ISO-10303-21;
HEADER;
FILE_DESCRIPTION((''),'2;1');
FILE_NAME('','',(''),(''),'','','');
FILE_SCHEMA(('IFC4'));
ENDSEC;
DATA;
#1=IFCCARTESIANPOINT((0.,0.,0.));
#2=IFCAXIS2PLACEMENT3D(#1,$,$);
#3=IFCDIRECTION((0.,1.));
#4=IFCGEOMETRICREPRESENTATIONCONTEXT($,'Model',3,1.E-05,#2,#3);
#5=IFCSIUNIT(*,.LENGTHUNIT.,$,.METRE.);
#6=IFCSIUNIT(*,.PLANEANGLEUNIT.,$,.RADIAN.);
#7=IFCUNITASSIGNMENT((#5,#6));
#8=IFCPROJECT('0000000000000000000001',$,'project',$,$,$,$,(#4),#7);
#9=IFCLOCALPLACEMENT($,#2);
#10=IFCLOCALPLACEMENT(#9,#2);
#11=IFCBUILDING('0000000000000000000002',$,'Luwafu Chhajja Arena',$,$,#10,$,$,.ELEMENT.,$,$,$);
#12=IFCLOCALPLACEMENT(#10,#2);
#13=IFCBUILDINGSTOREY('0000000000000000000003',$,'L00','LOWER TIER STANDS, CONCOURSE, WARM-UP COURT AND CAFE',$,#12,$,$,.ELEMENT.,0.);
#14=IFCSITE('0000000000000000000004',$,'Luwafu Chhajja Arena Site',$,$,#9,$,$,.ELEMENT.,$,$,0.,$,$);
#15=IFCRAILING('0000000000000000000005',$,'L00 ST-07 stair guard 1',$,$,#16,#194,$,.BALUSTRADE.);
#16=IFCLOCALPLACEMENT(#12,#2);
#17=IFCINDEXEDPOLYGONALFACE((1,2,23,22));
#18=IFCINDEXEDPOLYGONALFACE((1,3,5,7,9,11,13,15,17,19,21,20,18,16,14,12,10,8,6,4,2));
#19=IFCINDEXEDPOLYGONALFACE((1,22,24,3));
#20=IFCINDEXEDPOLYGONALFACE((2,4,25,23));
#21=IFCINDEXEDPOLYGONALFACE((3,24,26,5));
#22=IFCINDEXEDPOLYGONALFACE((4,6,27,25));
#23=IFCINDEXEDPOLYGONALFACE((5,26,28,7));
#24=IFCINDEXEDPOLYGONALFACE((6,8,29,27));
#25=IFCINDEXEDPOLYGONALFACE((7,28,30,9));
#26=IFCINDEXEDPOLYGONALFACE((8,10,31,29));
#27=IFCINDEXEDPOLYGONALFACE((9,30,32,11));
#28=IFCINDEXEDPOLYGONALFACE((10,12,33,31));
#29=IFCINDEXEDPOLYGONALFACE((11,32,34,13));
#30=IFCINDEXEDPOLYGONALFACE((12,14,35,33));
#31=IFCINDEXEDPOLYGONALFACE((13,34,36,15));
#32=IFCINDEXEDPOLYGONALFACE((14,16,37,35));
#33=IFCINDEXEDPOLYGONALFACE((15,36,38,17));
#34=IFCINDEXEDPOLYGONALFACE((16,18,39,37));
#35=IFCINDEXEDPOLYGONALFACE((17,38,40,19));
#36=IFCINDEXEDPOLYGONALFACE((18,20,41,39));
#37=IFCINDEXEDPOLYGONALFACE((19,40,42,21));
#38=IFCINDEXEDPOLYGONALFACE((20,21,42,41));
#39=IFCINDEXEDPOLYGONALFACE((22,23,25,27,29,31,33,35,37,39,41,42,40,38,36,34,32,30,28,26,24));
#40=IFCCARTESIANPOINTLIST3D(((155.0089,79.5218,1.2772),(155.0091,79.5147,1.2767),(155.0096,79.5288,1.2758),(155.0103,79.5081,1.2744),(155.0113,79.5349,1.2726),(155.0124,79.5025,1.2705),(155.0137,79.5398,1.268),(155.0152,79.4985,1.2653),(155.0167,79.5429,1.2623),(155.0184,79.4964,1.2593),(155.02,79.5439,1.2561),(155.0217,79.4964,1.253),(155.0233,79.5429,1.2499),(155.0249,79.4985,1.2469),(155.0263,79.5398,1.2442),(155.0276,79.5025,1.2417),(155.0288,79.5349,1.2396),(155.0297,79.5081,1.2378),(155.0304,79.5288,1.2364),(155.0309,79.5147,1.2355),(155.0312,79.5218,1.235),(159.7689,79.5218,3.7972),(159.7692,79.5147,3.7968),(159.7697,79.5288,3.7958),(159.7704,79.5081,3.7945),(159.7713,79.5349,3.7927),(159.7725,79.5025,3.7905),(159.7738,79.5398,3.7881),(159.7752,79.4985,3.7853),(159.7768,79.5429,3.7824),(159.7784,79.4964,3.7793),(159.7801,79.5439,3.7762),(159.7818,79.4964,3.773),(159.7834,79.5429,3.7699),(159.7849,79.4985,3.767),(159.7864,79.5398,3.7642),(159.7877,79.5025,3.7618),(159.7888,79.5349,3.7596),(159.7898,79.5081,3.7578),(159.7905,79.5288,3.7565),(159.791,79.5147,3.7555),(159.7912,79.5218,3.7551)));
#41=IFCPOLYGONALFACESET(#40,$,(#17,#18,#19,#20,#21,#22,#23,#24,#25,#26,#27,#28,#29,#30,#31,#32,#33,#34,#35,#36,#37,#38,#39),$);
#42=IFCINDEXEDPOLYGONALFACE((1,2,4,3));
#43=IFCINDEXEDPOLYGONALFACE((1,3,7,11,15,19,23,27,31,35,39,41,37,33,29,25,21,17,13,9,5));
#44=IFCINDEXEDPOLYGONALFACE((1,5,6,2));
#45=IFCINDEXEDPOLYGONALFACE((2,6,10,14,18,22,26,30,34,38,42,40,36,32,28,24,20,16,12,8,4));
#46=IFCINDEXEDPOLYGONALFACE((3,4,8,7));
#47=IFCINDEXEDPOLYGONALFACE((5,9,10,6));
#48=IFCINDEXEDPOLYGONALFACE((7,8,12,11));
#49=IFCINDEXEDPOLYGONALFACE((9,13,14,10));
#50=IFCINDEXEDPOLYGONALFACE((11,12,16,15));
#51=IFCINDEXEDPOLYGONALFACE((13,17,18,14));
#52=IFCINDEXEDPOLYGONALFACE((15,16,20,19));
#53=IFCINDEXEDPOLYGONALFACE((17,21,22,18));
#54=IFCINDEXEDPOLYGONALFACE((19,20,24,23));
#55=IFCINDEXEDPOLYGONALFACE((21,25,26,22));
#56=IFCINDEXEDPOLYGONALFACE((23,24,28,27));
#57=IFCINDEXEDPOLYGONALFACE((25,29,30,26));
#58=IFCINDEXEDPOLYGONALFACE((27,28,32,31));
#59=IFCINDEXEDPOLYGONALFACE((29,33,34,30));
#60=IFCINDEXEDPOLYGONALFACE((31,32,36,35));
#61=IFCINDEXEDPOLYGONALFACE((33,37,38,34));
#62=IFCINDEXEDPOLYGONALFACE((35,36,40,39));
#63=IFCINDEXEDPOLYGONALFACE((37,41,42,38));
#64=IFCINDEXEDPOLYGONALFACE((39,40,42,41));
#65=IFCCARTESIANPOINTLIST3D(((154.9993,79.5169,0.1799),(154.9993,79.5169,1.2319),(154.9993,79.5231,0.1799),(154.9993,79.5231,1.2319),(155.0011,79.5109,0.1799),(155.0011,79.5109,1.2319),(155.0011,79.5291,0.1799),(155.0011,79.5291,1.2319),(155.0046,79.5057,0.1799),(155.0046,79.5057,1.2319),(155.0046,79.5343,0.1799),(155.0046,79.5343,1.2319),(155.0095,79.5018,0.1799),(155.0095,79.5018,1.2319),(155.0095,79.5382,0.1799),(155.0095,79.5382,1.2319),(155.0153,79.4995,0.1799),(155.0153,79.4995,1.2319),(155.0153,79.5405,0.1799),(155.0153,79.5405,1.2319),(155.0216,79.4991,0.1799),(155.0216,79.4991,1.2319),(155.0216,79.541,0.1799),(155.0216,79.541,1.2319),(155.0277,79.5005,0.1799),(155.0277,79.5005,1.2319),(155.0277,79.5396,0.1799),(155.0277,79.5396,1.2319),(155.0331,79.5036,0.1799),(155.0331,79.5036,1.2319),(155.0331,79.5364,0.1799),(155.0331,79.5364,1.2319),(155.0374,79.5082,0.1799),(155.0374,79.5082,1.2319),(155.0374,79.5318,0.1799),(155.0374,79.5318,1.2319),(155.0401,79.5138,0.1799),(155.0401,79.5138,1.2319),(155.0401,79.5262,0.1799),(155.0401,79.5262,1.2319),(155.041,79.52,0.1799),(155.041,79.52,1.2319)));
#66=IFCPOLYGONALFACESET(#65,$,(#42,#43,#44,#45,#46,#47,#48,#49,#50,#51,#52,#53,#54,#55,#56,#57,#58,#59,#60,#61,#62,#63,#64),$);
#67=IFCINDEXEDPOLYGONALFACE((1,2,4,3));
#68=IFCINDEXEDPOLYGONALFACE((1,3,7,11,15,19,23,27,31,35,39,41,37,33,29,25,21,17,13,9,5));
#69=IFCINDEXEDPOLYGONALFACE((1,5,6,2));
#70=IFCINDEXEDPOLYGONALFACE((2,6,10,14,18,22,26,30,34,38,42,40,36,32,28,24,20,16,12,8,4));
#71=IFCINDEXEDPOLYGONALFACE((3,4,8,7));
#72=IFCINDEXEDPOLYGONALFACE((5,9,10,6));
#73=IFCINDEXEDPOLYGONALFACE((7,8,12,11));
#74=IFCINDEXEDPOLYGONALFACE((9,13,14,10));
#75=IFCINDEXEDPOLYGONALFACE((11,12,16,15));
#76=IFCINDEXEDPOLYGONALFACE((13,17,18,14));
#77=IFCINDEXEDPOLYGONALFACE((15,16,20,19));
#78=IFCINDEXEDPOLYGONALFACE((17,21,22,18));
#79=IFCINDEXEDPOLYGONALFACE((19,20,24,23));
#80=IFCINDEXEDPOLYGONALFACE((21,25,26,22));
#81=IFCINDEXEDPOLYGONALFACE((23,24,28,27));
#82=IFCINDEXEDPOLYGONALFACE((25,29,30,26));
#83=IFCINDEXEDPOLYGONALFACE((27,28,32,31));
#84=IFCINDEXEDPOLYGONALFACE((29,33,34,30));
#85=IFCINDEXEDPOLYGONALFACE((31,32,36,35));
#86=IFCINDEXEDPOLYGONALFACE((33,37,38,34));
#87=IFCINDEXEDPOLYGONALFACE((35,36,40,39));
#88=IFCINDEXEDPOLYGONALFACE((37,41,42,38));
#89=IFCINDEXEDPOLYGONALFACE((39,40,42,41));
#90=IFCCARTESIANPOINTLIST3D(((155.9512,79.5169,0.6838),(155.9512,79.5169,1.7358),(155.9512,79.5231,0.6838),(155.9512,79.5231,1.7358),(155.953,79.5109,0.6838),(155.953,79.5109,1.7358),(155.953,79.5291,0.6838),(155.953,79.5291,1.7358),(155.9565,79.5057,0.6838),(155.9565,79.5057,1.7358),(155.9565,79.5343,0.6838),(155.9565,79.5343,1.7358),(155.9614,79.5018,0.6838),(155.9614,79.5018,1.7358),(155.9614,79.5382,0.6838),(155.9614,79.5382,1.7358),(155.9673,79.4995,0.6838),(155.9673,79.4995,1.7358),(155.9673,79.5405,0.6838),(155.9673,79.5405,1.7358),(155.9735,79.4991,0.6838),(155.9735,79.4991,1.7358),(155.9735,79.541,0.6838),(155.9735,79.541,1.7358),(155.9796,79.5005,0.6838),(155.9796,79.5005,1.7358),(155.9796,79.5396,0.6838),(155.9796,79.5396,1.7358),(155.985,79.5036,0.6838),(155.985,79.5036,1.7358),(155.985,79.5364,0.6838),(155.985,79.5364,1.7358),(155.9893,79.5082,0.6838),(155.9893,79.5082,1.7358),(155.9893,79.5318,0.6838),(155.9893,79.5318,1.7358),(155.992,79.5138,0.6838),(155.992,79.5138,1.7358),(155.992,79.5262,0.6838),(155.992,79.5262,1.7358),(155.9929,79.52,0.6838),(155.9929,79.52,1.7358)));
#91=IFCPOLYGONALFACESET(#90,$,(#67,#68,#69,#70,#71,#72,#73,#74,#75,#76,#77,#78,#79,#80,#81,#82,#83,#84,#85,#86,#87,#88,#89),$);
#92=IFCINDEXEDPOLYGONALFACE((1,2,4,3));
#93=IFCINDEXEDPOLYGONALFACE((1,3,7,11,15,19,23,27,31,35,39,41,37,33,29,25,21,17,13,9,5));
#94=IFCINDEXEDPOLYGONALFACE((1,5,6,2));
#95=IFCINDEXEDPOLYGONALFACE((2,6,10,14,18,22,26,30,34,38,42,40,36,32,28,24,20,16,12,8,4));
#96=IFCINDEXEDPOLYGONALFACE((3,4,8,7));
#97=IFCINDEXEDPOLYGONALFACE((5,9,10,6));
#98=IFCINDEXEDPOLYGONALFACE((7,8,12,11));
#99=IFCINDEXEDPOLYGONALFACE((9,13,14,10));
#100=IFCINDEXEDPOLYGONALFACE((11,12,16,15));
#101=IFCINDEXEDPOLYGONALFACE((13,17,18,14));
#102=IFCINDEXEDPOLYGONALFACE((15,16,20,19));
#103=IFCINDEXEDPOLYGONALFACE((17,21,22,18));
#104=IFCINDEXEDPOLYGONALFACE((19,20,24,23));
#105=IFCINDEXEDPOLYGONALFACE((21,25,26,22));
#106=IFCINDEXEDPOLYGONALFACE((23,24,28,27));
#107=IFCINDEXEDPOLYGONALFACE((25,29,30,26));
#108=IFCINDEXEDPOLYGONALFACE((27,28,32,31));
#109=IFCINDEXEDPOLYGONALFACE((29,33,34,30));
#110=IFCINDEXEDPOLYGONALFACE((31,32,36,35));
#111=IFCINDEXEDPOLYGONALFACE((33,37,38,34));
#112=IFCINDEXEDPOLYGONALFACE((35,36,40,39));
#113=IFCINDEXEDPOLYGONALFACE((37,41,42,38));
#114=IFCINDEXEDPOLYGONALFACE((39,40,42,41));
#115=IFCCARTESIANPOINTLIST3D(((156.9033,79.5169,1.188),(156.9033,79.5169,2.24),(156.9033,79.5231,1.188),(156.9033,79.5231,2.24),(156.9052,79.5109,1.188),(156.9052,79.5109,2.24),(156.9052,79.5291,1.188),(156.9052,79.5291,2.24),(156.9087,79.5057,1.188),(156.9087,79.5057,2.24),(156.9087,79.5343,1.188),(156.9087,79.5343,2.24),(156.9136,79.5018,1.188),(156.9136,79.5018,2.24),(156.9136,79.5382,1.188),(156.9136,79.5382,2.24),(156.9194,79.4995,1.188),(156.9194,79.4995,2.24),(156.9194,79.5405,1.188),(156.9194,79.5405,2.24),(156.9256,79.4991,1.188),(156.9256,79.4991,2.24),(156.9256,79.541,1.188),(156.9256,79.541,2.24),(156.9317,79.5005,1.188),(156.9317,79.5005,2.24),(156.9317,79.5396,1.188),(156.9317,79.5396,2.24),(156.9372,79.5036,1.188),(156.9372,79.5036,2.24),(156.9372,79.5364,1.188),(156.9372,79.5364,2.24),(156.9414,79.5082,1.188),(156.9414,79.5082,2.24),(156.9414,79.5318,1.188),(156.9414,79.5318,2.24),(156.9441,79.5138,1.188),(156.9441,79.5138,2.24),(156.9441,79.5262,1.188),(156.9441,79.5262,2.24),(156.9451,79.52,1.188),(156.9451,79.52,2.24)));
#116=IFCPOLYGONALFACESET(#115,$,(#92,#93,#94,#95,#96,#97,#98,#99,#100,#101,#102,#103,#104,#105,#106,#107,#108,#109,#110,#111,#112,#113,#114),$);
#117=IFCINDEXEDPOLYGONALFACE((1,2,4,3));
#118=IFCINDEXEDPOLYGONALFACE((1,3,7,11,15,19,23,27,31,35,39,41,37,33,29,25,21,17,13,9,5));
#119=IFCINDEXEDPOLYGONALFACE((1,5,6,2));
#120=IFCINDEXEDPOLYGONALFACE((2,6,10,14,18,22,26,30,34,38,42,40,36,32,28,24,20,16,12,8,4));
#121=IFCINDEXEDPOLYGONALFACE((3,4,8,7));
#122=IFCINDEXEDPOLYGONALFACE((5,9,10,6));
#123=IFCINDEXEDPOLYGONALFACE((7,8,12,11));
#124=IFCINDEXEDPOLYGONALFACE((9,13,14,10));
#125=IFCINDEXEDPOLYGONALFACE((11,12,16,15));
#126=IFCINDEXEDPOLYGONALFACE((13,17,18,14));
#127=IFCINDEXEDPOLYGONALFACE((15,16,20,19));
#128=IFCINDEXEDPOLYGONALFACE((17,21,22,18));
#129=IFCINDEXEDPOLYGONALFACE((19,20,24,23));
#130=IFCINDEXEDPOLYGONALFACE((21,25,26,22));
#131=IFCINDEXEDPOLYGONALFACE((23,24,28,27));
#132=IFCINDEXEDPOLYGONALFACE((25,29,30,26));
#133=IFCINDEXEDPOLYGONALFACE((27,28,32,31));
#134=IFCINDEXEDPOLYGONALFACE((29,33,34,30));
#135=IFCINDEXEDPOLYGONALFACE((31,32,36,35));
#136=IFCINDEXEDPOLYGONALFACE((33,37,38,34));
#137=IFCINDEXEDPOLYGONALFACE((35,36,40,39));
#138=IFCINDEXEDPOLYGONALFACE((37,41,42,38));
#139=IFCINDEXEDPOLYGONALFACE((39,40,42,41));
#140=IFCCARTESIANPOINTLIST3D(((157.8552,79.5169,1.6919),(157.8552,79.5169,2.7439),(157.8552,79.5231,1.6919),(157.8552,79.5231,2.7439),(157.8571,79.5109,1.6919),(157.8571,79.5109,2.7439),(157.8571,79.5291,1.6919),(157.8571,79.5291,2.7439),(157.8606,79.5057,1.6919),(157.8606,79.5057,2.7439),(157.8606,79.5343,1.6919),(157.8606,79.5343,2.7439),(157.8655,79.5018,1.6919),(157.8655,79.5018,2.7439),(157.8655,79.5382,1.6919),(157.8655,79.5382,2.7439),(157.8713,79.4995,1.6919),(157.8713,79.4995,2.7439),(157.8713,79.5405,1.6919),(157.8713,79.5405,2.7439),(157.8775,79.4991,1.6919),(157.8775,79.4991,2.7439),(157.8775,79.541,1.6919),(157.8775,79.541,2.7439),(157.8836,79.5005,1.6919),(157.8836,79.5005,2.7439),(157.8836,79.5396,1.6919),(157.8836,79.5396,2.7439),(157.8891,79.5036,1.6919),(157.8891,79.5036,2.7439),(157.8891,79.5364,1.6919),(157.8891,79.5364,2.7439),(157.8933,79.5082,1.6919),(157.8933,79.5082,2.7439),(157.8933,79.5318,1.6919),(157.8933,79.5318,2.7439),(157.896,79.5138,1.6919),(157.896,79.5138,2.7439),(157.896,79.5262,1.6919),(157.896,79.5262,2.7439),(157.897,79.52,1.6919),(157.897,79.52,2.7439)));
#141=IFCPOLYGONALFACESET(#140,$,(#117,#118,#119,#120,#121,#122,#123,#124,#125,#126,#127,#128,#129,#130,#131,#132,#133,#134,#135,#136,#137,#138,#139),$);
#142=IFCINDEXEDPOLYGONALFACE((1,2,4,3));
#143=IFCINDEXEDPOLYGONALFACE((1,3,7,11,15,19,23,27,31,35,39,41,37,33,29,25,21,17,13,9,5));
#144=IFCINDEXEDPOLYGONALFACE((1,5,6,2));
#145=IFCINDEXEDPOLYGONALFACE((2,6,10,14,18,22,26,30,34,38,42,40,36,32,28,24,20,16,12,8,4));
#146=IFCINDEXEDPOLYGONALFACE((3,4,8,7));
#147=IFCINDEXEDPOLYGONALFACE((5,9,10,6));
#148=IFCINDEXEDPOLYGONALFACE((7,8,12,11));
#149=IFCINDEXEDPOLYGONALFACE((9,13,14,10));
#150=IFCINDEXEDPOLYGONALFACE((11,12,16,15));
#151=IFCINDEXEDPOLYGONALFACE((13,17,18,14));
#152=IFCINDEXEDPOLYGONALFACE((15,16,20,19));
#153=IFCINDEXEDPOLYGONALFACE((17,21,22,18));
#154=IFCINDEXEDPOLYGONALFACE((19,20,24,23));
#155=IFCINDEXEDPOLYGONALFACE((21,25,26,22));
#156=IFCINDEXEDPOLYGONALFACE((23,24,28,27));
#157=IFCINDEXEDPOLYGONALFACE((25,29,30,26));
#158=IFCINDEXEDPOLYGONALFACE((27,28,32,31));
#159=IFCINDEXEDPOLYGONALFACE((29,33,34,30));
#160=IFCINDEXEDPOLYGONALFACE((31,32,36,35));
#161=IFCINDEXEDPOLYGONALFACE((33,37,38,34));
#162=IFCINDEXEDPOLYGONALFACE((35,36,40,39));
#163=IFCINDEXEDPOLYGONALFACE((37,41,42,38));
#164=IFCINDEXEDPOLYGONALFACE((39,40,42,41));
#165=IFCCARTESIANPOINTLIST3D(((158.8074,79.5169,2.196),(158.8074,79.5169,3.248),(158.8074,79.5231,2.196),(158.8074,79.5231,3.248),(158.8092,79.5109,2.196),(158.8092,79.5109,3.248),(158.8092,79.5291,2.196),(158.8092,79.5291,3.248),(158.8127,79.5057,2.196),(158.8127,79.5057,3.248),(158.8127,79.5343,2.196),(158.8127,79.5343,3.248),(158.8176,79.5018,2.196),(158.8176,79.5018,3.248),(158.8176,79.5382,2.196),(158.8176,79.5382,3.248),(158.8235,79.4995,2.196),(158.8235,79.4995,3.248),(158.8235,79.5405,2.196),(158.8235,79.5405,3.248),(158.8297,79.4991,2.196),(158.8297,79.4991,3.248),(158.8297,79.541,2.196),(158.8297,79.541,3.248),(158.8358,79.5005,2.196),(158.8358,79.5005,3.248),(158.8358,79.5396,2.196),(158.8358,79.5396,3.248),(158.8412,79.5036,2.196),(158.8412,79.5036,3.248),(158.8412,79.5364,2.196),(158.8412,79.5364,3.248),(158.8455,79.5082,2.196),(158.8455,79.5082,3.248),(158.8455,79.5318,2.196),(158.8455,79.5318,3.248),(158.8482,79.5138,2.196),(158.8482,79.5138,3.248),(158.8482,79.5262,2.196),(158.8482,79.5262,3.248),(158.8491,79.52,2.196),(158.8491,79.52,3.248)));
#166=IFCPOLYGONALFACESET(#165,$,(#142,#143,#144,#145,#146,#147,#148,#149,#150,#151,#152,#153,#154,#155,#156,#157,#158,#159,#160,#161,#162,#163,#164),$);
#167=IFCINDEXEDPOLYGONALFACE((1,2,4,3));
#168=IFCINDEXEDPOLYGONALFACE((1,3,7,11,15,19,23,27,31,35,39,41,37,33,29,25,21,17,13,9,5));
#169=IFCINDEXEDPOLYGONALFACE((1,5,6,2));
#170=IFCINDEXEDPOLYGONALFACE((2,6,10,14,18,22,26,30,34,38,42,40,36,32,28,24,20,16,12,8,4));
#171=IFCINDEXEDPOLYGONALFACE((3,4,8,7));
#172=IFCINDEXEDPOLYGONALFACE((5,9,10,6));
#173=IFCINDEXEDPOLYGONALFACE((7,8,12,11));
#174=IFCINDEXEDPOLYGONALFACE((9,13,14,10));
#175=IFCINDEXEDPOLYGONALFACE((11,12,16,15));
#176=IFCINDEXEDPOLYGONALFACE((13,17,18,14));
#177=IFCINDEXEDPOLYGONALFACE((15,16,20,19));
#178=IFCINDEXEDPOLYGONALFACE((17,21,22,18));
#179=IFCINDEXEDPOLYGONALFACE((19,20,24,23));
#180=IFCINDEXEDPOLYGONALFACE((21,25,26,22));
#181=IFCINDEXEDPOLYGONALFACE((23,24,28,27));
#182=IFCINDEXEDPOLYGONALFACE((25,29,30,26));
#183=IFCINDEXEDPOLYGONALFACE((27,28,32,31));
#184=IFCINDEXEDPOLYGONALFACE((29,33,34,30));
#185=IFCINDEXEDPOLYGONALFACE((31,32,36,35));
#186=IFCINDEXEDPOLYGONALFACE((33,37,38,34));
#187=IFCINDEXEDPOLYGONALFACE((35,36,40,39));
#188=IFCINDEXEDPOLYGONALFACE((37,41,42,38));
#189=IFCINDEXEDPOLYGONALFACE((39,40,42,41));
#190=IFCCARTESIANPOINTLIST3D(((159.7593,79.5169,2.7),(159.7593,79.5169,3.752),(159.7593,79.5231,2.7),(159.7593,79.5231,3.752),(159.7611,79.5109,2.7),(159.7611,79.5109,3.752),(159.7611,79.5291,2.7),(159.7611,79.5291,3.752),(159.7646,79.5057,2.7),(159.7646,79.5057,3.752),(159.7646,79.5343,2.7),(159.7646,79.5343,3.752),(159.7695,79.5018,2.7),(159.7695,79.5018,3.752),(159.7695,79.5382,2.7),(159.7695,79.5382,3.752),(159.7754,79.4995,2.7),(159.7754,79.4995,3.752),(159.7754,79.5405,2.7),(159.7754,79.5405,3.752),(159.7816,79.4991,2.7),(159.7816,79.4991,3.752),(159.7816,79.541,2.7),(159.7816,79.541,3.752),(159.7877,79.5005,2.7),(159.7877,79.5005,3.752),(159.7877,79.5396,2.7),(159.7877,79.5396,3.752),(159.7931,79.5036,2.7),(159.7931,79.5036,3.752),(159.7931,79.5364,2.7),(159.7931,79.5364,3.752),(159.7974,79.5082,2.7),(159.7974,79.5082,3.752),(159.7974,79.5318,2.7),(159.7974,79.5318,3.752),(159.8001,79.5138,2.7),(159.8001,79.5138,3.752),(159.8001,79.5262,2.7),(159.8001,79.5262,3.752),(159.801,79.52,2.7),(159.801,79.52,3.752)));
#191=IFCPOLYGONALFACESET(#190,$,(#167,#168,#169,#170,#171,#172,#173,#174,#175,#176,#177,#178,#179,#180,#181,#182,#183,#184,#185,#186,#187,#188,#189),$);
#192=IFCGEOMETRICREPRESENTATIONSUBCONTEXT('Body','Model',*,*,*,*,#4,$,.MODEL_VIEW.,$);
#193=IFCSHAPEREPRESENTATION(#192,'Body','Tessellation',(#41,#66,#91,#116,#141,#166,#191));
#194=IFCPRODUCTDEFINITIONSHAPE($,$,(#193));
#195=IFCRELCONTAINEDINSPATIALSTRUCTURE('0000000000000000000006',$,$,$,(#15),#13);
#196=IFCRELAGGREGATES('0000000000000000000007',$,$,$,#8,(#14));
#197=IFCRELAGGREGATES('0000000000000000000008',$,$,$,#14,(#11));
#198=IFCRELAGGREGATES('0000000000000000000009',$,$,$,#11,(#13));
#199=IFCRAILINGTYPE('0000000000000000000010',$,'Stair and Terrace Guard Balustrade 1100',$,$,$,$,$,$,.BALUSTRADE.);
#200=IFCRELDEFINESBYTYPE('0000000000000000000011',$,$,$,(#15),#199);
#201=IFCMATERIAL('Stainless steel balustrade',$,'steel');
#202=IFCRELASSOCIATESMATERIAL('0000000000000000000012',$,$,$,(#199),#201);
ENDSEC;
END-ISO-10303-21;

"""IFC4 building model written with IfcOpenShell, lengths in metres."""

from ifc_helpers import new_model, si_unit, direction, frame, origin, origin_2d, place, context, subcontext, project, spatial, circle, extrude, material, type_object, element, save


model = new_model("IFC4")

# Units and contexts
model_context = context("Model", 3, precision=1e-05, world=origin(), true_north=direction((0.0, 1.0)))
body_context = subcontext(model_context, "Body", "Model", "MODEL_VIEW")
ifc_project = project(units=[si_unit("LENGTHUNIT", "METRE"), si_unit("PLANEANGLEUNIT", "RADIAN")], contexts=[model_context])

# Site, building, storey
site_placement = place(None, origin())
site = spatial("IfcSite", under=ifc_project, at=site_placement, Name="Luwafu Chhajja Arena Site", CompositionType="ELEMENT", RefElevation=0.0)
building_placement = place(site_placement, origin())
building = spatial("IfcBuilding", under=site, at=building_placement, Name="Luwafu Chhajja Arena", CompositionType="ELEMENT")
storey_placement = place(building_placement, origin())
storey = spatial("IfcBuildingStorey", under=building, at=storey_placement, Name="L00", Description="LOWER TIER STANDS, CONCOURSE, WARM-UP COURT AND CAFE", CompositionType="ELEMENT", Elevation=0.0)

# Railing
ifc_material_1 = material(Name="Stainless steel balustrade", Category="steel")
railing_type_1 = type_object("IfcRailingType", Name="Stair and Terrace Guard Balustrade 1100", PredefinedType="BALUSTRADE", material=ifc_material_1)
railing_1_placement = place(storey_placement, frame((155.02, 79.52, 0.1799)))
element("IfcRailing", 1, at=railing_1_placement, inside=storey, type_object=railing_type_1, Name="L00 ST-07 stair guard 1", PredefinedType="BALUSTRADE", context=body_context, shape_type="SweptSolid", body=[
    extrude(circle(Radius=0.0239, at=origin_2d()), frame((0.0, 0.0, 1.0762), z_axis=(0.883787, 0.0, 0.46789), x_axis=(0.0, 1.0, 0.0)), (0.0, 0.0, 1.0), 5.386),
    extrude(circle(Radius=0.021, at=origin_2d()), origin(), (0.0, 0.0, 1.0), 1.052),
    extrude(circle(Radius=0.021, at=origin_2d()), frame((0.9519, 0.0, 0.5039)), (0.0, 0.0, 1.0), 1.052),
    extrude(circle(Radius=0.021, at=origin_2d()), frame((1.9041, 0.0, 1.0081)), (0.0, 0.0, 1.0), 1.052),
    extrude(circle(Radius=0.021, at=origin_2d()), frame((2.856, 0.0, 1.512)), (0.0, 0.0, 1.0), 1.052),
    extrude(circle(Radius=0.021, at=origin_2d()), frame((3.8081, 0.0, 2.0161)), (0.0, 0.0, 1.0), 1.052),
    extrude(circle(Radius=0.021, at=origin_2d()), frame((4.76, 0.0, 2.52)), (0.0, 0.0, 1.0), 1.052),
])

save(model, "model.ifc")
